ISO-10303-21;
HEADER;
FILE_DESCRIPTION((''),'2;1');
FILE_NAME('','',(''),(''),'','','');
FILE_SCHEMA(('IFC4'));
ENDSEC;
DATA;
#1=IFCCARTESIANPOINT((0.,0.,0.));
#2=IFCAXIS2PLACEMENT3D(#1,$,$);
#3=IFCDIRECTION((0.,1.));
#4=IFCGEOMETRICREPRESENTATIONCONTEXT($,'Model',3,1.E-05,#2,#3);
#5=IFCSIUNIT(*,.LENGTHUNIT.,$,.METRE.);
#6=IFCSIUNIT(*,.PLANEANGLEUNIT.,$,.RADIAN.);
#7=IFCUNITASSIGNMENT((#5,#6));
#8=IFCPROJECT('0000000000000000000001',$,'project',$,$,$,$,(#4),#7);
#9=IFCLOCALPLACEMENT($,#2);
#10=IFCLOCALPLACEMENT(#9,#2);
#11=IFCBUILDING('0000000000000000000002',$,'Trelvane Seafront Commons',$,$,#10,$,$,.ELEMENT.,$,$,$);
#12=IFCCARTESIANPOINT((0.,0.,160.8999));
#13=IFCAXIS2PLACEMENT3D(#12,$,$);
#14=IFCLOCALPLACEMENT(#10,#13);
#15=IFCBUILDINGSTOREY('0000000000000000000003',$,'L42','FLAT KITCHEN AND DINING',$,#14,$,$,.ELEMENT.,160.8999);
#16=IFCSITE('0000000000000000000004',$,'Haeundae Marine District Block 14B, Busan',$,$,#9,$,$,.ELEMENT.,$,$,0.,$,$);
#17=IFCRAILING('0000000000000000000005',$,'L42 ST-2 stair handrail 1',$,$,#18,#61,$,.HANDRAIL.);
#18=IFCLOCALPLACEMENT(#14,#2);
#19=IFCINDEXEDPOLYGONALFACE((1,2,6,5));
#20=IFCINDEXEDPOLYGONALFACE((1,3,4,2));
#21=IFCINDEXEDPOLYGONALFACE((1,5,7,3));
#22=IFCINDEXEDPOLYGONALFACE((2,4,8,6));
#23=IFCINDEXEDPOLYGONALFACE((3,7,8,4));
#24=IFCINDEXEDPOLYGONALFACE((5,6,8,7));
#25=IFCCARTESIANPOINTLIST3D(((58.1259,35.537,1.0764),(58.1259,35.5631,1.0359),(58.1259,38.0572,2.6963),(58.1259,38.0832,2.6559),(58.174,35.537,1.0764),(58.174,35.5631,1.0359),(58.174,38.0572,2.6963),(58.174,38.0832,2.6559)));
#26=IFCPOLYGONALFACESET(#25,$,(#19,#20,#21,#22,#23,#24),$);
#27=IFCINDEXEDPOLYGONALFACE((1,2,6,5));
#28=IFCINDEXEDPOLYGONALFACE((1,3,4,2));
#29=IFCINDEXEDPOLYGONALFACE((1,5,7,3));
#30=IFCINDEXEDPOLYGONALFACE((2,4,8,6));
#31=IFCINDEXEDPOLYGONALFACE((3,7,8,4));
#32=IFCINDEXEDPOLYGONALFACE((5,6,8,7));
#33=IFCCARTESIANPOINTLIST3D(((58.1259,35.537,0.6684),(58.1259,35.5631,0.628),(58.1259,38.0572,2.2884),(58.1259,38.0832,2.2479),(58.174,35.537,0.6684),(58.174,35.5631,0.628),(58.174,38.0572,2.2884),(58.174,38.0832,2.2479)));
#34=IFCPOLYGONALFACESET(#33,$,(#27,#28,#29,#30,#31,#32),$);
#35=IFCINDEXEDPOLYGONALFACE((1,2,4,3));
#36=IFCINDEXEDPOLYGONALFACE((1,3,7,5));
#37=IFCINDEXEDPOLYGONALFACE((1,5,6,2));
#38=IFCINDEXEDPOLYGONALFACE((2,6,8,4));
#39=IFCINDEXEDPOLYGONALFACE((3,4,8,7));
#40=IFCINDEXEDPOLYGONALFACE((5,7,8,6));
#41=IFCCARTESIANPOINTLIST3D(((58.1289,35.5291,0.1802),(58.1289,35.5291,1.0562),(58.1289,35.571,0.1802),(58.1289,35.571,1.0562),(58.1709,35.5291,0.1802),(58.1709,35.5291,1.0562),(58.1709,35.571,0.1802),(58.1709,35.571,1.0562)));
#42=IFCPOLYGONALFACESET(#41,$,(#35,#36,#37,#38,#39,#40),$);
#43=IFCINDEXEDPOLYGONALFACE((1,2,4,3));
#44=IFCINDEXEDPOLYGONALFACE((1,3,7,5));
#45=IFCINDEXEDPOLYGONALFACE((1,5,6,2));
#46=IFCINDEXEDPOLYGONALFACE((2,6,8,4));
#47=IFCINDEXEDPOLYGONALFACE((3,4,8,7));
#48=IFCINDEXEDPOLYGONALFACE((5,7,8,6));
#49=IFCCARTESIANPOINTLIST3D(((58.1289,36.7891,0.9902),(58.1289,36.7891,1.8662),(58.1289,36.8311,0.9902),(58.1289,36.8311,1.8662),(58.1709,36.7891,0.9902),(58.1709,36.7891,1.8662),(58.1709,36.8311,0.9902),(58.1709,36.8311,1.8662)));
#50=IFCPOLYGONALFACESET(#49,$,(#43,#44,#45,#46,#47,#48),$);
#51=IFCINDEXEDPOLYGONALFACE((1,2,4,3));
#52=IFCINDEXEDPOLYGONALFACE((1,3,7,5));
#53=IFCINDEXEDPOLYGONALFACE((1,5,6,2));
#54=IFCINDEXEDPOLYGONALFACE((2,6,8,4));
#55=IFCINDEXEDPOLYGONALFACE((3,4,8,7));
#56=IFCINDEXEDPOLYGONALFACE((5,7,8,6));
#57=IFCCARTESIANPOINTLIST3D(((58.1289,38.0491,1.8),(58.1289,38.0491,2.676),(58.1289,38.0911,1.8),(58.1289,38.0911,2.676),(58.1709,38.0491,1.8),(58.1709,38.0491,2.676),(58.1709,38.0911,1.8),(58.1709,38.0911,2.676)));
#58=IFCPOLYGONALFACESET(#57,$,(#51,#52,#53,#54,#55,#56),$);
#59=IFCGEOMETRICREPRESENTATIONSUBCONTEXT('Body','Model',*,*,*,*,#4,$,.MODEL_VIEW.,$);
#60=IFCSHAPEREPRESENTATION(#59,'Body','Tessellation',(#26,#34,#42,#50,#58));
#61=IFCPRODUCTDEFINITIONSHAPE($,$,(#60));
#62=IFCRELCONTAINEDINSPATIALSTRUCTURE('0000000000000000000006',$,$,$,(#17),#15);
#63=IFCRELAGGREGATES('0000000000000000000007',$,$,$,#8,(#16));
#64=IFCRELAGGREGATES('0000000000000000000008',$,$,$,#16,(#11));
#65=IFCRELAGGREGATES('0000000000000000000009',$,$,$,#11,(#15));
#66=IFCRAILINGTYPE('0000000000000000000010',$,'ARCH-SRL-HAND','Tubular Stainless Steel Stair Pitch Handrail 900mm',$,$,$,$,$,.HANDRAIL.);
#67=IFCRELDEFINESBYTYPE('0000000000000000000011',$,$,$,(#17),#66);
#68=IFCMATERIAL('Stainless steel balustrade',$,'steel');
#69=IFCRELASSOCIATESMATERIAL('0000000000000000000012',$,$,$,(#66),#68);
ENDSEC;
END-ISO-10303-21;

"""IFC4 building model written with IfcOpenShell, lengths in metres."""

from ifc_helpers import new_model, si_unit, direction, frame, origin, origin_2d, place, context, subcontext, project, spatial, rectangle, extrude, material, type_object, element, save


model = new_model("IFC4")

# Units and contexts
model_context = context("Model", 3, precision=1e-05, world=origin(), true_north=direction((0.0, 1.0)))
body_context = subcontext(model_context, "Body", "Model", "MODEL_VIEW")
ifc_project = project(units=[si_unit("LENGTHUNIT", "METRE"), si_unit("PLANEANGLEUNIT", "RADIAN")], contexts=[model_context])

# Site, building, storey
site_placement = place(None, origin())
site = spatial("IfcSite", under=ifc_project, at=site_placement, Name="Haeundae Marine District Block 14B, Busan", CompositionType="ELEMENT", RefElevation=0.0)
building_placement = place(site_placement, origin())
building = spatial("IfcBuilding", under=site, at=building_placement, Name="Trelvane Seafront Commons", CompositionType="ELEMENT")
storey_placement = place(building_placement, frame((0.0, 0.0, 160.8999)))
storey = spatial("IfcBuildingStorey", under=building, at=storey_placement, Name="L42", Description="FLAT KITCHEN AND DINING", CompositionType="ELEMENT", Elevation=160.8999)

# Railing
ifc_material_1 = material(Name="Stainless steel balustrade", Category="steel")
railing_type_1 = type_object("IfcRailingType", Name="ARCH-SRL-HAND", Description="Tubular Stainless Steel Stair Pitch Handrail 900mm", PredefinedType="HANDRAIL", material=ifc_material_1)
railing_1_placement = place(storey_placement, frame((58.1499, 35.55, 0.1802)))
element("IfcRailing", 1, at=railing_1_placement, inside=storey, type_object=railing_type_1, Name="L42 ST-2 stair handrail 1", PredefinedType="HANDRAIL", context=body_context, shape_type="SweptSolid", body=[
    extrude(rectangle(XDim=0.0481, YDim=0.0481, at=origin_2d()), frame((0.0, 0.0, 0.876), z_axis=(0.0, 0.8412, 0.540725), x_axis=(-1.0, 0.0, 0.0)), (0.0, 0.0, 1.0), 2.9958),
    extrude(rectangle(XDim=0.0481, YDim=0.0481, at=origin_2d()), frame((0.0, 0.0, 0.468), z_axis=(0.0, 0.8412, 0.540725), x_axis=(-1.0, 0.0, 0.0)), (0.0, 0.0, 1.0), 2.9958),
    extrude(rectangle(XDim=0.042, YDim=0.042, at=origin_2d()), origin(), (0.0, 0.0, 1.0), 0.876),
    extrude(rectangle(XDim=0.042, YDim=0.042, at=origin_2d()), frame((0.0, 1.26, 0.8101)), (0.0, 0.0, 1.0), 0.876),
    extrude(rectangle(XDim=0.042, YDim=0.042, at=origin_2d()), frame((0.0, 2.52, 1.6199)), (0.0, 0.0, 1.0), 0.876),
])

save(model, "model.ifc")
